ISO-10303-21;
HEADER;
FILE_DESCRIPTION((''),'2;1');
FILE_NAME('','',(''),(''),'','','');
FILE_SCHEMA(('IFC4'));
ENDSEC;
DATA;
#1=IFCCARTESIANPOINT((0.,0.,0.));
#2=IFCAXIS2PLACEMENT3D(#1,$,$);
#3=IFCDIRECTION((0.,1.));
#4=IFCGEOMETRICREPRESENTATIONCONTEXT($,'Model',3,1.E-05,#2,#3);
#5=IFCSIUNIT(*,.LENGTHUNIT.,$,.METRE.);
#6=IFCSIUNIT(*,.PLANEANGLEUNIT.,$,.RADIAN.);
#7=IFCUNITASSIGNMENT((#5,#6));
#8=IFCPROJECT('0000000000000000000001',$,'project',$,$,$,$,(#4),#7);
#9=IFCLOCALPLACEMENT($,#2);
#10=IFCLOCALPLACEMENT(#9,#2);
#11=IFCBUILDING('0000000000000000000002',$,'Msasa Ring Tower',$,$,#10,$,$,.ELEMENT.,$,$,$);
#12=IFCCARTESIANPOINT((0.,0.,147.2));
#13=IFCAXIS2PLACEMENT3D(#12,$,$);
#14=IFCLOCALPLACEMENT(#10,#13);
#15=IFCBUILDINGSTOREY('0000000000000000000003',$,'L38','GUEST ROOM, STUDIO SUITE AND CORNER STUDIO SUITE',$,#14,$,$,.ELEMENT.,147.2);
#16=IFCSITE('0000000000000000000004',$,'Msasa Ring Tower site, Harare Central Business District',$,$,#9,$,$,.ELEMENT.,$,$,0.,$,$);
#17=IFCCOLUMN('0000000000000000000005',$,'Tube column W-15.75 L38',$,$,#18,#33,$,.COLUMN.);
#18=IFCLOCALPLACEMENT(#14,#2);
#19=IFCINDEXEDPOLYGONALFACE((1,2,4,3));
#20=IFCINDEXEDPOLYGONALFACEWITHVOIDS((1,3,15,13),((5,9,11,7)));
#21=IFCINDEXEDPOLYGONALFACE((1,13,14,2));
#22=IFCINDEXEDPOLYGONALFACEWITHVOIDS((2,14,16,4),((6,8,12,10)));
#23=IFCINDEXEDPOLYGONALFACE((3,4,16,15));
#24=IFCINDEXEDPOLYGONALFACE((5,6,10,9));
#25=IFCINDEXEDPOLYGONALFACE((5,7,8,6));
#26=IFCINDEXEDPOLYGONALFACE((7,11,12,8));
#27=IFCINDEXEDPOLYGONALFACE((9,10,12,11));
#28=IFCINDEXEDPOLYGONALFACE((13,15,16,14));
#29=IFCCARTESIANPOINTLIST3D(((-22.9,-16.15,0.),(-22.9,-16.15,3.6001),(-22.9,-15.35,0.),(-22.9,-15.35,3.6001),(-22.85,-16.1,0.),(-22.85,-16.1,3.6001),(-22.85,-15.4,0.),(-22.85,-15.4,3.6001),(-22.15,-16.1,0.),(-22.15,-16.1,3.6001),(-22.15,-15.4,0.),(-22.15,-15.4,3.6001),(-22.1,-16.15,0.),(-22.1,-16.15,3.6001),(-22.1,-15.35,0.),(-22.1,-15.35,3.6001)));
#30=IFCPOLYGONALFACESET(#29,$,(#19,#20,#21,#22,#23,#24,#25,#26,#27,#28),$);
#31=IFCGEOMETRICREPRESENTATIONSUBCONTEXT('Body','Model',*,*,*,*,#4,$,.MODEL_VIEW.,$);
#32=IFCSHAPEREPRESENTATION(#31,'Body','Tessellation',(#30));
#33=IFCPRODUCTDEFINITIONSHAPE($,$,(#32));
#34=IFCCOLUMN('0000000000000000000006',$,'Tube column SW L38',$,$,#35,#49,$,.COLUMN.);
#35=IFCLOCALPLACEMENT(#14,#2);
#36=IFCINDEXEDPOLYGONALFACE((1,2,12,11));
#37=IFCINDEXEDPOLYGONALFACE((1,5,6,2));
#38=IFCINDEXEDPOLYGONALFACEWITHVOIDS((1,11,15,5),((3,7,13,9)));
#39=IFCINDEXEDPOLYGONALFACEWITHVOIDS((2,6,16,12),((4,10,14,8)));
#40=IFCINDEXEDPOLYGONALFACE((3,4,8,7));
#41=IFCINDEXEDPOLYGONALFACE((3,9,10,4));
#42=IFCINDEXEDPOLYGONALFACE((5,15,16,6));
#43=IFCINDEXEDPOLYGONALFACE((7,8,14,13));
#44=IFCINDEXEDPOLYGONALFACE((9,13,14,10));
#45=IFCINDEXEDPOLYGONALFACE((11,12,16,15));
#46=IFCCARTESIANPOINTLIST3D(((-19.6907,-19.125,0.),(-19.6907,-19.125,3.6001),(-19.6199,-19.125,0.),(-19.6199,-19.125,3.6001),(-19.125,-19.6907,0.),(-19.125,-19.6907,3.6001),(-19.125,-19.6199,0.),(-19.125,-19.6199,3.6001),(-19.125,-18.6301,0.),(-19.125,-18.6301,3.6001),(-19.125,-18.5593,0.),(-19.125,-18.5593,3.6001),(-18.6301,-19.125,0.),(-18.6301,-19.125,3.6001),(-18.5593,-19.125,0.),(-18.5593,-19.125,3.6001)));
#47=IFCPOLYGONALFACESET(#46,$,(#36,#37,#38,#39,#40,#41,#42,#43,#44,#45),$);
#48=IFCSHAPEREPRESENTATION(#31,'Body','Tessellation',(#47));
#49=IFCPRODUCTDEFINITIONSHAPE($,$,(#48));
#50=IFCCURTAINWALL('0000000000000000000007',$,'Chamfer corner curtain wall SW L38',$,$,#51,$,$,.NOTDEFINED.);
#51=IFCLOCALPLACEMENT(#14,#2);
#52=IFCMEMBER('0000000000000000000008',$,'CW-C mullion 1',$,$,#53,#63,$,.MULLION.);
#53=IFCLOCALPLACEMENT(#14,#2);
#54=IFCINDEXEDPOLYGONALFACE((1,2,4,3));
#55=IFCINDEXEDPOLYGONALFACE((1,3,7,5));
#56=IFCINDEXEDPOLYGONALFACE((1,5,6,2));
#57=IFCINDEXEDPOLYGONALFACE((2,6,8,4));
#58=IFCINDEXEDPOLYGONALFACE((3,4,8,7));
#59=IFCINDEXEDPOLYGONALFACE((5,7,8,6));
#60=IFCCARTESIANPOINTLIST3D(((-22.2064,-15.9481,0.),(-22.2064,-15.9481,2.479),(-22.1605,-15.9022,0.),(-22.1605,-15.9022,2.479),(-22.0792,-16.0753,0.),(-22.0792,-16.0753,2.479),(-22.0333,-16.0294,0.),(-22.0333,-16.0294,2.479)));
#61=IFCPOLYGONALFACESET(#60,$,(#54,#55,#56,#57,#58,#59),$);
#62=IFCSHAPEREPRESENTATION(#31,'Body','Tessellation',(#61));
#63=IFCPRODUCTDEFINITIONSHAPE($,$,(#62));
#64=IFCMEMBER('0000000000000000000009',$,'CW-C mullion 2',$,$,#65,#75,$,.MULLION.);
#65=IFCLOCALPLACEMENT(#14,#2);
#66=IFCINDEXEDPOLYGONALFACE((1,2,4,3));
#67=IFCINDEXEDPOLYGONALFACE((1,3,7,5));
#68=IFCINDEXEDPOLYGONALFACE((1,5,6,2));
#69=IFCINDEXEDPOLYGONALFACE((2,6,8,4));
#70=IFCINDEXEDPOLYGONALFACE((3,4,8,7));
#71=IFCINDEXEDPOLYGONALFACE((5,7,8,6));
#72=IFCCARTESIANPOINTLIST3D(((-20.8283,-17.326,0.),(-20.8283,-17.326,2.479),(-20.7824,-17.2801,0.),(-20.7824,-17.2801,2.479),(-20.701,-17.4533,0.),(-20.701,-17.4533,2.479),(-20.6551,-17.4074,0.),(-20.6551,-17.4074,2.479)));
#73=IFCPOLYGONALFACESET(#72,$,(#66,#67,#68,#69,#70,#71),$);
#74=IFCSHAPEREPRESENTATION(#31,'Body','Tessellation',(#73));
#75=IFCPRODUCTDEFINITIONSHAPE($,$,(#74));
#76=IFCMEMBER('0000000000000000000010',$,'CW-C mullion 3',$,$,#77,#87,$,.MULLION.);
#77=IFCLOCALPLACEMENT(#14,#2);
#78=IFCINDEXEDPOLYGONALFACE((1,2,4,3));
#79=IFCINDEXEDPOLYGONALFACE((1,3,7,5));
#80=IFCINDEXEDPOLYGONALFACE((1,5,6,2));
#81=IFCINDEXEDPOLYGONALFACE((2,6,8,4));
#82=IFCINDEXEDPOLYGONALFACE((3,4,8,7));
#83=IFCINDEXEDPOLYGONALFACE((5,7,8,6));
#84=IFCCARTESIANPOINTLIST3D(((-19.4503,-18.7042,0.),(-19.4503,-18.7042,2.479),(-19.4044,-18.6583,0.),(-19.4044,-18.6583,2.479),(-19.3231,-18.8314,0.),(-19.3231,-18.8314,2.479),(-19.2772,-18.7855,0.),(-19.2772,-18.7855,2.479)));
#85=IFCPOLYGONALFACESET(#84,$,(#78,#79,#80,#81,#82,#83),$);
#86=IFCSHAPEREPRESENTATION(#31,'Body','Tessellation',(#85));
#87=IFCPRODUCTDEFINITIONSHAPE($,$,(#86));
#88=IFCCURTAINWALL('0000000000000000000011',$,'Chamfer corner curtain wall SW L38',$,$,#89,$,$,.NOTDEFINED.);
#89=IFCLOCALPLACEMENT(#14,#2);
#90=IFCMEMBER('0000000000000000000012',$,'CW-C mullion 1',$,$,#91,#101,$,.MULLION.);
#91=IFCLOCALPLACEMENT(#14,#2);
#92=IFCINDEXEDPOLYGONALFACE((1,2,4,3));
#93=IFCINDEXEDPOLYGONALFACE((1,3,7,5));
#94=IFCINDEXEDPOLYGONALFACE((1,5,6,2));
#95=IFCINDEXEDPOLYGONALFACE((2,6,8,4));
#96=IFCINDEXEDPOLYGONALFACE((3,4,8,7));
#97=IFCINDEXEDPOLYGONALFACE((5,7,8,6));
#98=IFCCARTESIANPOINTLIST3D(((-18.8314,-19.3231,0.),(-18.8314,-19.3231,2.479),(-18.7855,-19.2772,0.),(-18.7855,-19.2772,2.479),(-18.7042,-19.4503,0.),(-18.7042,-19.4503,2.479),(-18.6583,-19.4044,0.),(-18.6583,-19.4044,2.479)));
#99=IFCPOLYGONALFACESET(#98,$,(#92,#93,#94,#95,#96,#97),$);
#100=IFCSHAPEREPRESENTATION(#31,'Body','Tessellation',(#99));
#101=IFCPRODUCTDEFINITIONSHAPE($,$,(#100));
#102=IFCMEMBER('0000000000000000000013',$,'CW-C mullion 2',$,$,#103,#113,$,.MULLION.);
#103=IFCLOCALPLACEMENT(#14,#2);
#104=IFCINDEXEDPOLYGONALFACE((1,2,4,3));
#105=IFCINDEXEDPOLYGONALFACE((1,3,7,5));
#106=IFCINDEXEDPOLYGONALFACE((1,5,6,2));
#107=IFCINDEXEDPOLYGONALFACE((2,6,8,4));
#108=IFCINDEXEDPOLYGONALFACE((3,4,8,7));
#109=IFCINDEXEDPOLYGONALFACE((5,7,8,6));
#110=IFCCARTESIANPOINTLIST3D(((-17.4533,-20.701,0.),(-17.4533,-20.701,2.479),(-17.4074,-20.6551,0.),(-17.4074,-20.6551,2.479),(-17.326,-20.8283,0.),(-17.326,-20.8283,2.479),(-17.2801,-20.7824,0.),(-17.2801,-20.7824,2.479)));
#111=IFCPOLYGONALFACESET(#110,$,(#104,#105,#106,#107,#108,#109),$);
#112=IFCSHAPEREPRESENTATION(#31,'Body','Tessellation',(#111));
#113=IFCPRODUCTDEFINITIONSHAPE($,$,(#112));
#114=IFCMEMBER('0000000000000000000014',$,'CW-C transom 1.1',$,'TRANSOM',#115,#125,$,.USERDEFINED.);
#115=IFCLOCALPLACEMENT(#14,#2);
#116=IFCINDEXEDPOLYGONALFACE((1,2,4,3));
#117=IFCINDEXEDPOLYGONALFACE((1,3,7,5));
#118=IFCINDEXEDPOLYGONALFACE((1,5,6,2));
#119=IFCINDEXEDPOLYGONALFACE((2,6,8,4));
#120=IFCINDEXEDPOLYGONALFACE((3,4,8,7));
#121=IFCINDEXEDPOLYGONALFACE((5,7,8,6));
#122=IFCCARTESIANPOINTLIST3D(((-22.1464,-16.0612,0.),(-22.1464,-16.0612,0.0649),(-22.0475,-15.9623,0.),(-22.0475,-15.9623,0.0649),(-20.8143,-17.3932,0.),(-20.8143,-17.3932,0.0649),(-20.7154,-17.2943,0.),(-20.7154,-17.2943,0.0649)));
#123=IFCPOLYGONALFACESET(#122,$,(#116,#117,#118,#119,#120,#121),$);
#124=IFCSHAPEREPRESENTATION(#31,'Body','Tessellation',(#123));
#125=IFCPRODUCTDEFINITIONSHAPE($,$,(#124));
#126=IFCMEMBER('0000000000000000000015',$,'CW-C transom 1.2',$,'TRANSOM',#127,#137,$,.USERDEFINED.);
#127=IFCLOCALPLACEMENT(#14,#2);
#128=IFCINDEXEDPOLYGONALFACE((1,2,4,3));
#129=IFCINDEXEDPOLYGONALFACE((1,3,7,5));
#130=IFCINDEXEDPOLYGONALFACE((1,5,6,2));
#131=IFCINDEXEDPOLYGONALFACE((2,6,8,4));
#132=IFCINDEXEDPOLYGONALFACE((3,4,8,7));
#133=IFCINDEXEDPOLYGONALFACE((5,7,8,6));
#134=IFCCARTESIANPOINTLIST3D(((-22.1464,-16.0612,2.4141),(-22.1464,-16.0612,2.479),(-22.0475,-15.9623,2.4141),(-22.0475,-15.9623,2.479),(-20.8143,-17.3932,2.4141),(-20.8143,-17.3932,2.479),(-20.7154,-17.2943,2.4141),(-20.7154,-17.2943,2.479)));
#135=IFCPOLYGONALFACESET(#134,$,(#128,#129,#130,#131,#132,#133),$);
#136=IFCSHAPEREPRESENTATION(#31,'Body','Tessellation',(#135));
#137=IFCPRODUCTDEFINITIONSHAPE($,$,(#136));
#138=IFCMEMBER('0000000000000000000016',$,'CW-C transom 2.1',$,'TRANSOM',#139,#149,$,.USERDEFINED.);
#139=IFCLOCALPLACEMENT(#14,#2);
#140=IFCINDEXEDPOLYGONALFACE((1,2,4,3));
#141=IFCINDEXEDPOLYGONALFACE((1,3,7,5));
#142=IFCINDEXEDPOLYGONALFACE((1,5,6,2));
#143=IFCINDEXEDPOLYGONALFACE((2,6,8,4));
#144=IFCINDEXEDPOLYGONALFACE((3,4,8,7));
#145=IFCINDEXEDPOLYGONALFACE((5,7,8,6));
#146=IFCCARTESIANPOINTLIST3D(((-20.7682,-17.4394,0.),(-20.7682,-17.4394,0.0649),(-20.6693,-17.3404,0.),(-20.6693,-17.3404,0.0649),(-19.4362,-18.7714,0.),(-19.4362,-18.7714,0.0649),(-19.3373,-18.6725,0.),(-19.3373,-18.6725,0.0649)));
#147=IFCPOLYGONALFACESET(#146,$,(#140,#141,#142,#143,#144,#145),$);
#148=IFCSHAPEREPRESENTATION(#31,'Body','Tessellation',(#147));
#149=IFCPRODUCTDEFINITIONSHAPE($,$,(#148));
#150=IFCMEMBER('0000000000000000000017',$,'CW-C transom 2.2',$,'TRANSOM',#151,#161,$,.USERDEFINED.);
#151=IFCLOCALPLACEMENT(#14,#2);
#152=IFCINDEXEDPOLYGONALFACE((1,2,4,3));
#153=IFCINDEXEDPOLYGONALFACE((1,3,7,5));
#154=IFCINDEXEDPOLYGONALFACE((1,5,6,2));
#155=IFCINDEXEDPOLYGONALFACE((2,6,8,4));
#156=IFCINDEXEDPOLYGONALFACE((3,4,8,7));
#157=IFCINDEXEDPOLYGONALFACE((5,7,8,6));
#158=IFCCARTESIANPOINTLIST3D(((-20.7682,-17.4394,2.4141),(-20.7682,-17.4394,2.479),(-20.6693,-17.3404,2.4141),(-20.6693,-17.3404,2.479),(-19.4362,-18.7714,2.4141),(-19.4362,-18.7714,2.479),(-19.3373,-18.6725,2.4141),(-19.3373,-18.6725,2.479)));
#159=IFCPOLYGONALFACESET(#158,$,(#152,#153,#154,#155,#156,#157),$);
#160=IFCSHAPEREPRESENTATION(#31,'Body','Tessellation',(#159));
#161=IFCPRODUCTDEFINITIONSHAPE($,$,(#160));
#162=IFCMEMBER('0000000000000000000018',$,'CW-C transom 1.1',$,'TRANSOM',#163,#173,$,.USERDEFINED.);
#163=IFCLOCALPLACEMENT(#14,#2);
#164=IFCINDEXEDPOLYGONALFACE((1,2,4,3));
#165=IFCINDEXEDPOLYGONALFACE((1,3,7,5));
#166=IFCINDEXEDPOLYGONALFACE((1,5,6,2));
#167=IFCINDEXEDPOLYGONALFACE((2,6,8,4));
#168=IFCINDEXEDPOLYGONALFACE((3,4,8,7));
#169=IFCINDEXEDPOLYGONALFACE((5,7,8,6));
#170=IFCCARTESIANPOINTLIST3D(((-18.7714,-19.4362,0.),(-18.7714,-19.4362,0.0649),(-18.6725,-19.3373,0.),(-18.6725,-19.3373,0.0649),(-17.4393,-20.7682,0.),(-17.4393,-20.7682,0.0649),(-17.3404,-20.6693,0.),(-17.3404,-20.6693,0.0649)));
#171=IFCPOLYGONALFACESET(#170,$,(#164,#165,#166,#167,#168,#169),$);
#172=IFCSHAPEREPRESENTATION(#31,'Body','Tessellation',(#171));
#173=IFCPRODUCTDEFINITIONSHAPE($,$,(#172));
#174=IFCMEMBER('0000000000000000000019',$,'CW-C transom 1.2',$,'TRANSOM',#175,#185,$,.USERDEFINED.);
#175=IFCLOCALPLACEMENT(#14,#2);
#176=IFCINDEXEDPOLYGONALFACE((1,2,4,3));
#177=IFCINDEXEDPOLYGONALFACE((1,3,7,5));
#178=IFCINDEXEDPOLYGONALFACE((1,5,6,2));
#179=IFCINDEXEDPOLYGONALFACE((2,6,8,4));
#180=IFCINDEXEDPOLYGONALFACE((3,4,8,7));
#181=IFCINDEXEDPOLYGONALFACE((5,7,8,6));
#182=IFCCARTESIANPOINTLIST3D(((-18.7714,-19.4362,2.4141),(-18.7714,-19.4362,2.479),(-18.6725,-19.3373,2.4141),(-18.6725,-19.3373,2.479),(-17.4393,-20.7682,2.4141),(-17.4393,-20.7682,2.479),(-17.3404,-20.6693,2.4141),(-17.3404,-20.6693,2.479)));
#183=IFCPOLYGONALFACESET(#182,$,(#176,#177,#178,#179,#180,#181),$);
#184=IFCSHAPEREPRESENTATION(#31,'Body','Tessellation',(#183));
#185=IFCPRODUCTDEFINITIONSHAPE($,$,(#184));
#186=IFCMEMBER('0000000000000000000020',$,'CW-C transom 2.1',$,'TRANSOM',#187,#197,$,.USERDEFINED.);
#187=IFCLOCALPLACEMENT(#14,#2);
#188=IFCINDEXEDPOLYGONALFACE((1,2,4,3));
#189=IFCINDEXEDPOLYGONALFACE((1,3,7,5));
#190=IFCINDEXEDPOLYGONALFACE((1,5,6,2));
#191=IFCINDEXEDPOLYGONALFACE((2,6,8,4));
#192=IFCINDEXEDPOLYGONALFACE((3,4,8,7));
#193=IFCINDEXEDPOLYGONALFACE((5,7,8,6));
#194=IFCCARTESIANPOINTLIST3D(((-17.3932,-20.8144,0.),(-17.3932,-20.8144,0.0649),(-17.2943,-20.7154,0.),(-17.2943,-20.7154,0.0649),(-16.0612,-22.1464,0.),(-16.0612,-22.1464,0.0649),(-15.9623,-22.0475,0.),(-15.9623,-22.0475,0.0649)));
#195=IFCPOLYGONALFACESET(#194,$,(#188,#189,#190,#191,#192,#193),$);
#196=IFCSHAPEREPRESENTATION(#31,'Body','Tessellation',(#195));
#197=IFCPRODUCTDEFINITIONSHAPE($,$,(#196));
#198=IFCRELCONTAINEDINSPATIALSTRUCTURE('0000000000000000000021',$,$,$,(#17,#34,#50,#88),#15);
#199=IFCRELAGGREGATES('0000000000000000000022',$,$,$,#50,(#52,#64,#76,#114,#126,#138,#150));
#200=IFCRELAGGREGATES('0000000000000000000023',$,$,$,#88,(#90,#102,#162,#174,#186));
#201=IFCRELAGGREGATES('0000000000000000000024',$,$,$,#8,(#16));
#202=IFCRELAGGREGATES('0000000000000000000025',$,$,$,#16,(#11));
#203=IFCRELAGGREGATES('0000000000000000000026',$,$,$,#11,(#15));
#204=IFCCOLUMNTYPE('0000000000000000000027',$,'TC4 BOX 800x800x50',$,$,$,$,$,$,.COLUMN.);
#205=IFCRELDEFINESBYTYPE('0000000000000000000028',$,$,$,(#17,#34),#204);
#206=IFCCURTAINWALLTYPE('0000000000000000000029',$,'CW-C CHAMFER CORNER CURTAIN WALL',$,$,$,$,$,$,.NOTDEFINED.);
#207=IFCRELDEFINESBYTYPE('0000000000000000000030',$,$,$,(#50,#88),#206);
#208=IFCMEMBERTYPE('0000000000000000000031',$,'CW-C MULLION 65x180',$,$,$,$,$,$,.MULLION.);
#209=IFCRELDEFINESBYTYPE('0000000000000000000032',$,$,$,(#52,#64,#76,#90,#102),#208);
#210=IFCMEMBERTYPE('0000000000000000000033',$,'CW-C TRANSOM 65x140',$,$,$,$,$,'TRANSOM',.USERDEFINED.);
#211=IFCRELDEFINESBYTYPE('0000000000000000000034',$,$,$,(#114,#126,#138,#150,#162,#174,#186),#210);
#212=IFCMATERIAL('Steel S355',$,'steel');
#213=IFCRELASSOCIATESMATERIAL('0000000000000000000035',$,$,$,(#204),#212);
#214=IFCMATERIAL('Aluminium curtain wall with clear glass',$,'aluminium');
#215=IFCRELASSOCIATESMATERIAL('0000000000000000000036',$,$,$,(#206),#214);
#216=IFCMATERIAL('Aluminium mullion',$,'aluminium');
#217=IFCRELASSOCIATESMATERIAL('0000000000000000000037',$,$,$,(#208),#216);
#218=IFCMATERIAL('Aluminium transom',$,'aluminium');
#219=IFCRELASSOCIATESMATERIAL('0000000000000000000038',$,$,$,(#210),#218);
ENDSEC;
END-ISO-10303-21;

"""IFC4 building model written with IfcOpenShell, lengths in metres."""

from ifc_helpers import new_model, si_unit, direction, frame, origin, origin_2d, place, context, subcontext, project, spatial, rectangle, hollow_rectangle, extrude, material, material_profile, profile_set, type_object, element, aggregate, save


model = new_model("IFC4")

# Units and contexts
model_context = context("Model", 3, precision=1e-05, world=origin(), true_north=direction((0.0, 1.0)))
body_context = subcontext(model_context, "Body", "Model", "MODEL_VIEW")
ifc_project = project(units=[si_unit("LENGTHUNIT", "METRE"), si_unit("PLANEANGLEUNIT", "RADIAN")], contexts=[model_context])

# Site, building, storey
site_placement = place(None, origin())
site = spatial("IfcSite", under=ifc_project, at=site_placement, Name="Msasa Ring Tower site, Harare Central Business District", CompositionType="ELEMENT", RefElevation=0.0)
building_placement = place(site_placement, origin())
building = spatial("IfcBuilding", under=site, at=building_placement, Name="Msasa Ring Tower", CompositionType="ELEMENT")
storey_placement = place(building_placement, frame((0.0, 0.0, 147.2)))
storey = spatial("IfcBuildingStorey", under=building, at=storey_placement, Name="L38", Description="GUEST ROOM, STUDIO SUITE AND CORNER STUDIO SUITE", CompositionType="ELEMENT", Elevation=147.2)

# Columns
ifc_material_1 = material(Name="Steel S355", Category="steel")
ifc_material_profile_1 = material_profile(ifc_material_1, hollow_rectangle(XDim=0.8, YDim=0.8, WallThickness=0.05, at=origin_2d()), Name="BOX 800x800x50")
ifc_profile_set_1 = profile_set([ifc_material_profile_1], Name="Steel S355")
column_type = type_object("IfcColumnType", Name="TC4 BOX 800x800x50", PredefinedType="COLUMN", material=ifc_profile_set_1)
for number, where, z_axis, x_axis, name in (
    (1, (-22.5, -15.75, 0.0), (0.0, 0.0, 1.0), (1.0, 0.0, 0.0), "Tube column W-15.75 L38"),
    (2, (-19.125, -19.125, 0.0), (0.0, 0.0, 1.0), (0.707107, 0.707107, 0.0), "Tube column SW L38"),
):
    element("IfcColumn", number, at=place(storey_placement, frame(where, z_axis=z_axis, x_axis=x_axis)), inside=storey, type_object=column_type, Name=name, PredefinedType="COLUMN", context=body_context, shape_type="SweptSolid", body=[
        extrude(hollow_rectangle(XDim=0.8, YDim=0.8, WallThickness=0.05, at=origin_2d()), origin(), (0.0, 0.0, 1.0), 3.6001),
    ])

# Curtain walls, members
ifc_material_2 = material(Name="Aluminium curtain wall with clear glass", Category="aluminium")
curtain_wall_type = type_object("IfcCurtainWallType", Name="CW-C CHAMFER CORNER CURTAIN WALL", PredefinedType="NOTDEFINED", material=ifc_material_2)
curtain_wall_1_placement = place(storey_placement, origin())
curtain_wall_1 = element("IfcCurtainWall", 3, at=curtain_wall_1_placement, inside=storey, type_object=curtain_wall_type, Name="Chamfer corner curtain wall SW L38", PredefinedType="NOTDEFINED")
ifc_material_3 = material(Name="Aluminium mullion", Category="aluminium")
ifc_material_profile_2 = material_profile(ifc_material_3, rectangle(XDim=0.0649, YDim=0.1799, at=origin_2d()), Name="AL 65x180")
ifc_profile_set_2 = profile_set([ifc_material_profile_2], Name="Aluminium mullion")
member_type_1 = type_object("IfcMemberType", Name="CW-C MULLION 65x180", PredefinedType="MULLION", material=ifc_profile_set_2)
member_1_placement = place(storey_placement, frame((-22.1199, -15.9888, 0.0), z_axis=(0.0, 0.0, 1.0), x_axis=(0.707107, 0.707107, 0.0)))
member_1 = element("IfcMember", 4, at=member_1_placement, type_object=member_type_1, Name="CW-C mullion 1", PredefinedType="MULLION", context=body_context, shape_type="SweptSolid", body=[
    extrude(rectangle(XDim=0.0649, YDim=0.1799, at=origin_2d()), origin(), (0.0, 0.0, 1.0), 2.479),
])
member_2_placement = place(storey_placement, frame((-20.7417, -17.3667, 0.0), z_axis=(0.0, 0.0, 1.0), x_axis=(0.707107, 0.707107, 0.0)))
member_2 = element("IfcMember", 5, at=member_2_placement, type_object=member_type_1, Name="CW-C mullion 2", PredefinedType="MULLION", context=body_context, shape_type="SweptSolid", body=[
    extrude(rectangle(XDim=0.0649, YDim=0.1799, at=origin_2d()), origin(), (0.0, 0.0, 1.0), 2.479),
])
member_3_placement = place(storey_placement, frame((-19.3638, -18.7449, 0.0), z_axis=(0.0, 0.0, 1.0), x_axis=(0.707107, 0.707107, 0.0)))
member_3 = element("IfcMember", 6, at=member_3_placement, type_object=member_type_1, Name="CW-C mullion 3", PredefinedType="MULLION", context=body_context, shape_type="SweptSolid", body=[
    extrude(rectangle(XDim=0.0649, YDim=0.1799, at=origin_2d()), origin(), (0.0, 0.0, 1.0), 2.479),
])
curtain_wall_2_placement = place(storey_placement, origin())
curtain_wall_2 = element("IfcCurtainWall", 7, at=curtain_wall_2_placement, inside=storey, type_object=curtain_wall_type, Name="Chamfer corner curtain wall SW L38", PredefinedType="NOTDEFINED")
member_4_placement = place(storey_placement, frame((-18.7449, -19.3638, 0.0), z_axis=(0.0, 0.0, 1.0), x_axis=(0.707107, 0.707107, 0.0)))
member_4 = element("IfcMember", 8, at=member_4_placement, type_object=member_type_1, Name="CW-C mullion 1", PredefinedType="MULLION", context=body_context, shape_type="SweptSolid", body=[
    extrude(rectangle(XDim=0.0649, YDim=0.1799, at=origin_2d()), origin(), (0.0, 0.0, 1.0), 2.479),
])
member_5_placement = place(storey_placement, frame((-17.3667, -20.7417, 0.0), z_axis=(0.0, 0.0, 1.0), x_axis=(0.707107, 0.707107, 0.0)))
member_5 = element("IfcMember", 9, at=member_5_placement, type_object=member_type_1, Name="CW-C mullion 2", PredefinedType="MULLION", context=body_context, shape_type="SweptSolid", body=[
    extrude(rectangle(XDim=0.0649, YDim=0.1799, at=origin_2d()), origin(), (0.0, 0.0, 1.0), 2.479),
])

# Members
ifc_material_4 = material(Name="Aluminium transom", Category="aluminium")
ifc_material_profile_3 = material_profile(ifc_material_4, rectangle(XDim=0.1399, YDim=0.0649, at=origin_2d()), Name="AL 65x140")
ifc_profile_set_3 = profile_set([ifc_material_profile_3], Name="Aluminium transom")
member_type_2 = type_object("IfcMemberType", Name="CW-C TRANSOM 65x140", ElementType="TRANSOM", PredefinedType="USERDEFINED", material=ifc_profile_set_3)
member_6_placement = place(storey_placement, frame((-22.0969, -16.0117, 0.0325), z_axis=(0.707107, -0.707107, 0.0), x_axis=(0.707107, 0.707107, 0.0)))
member_6 = element("IfcMember", 10, at=member_6_placement, type_object=member_type_2, Name="CW-C transom 1.1", ObjectType="TRANSOM", PredefinedType="USERDEFINED", context=body_context, shape_type="SweptSolid", body=[
    extrude(rectangle(XDim=0.1399, YDim=0.0649, at=origin_2d()), origin(), (0.0, 0.0, 1.0), 1.8838),
])
member_7_placement = place(storey_placement, frame((-22.0969, -16.0117, 2.4465), z_axis=(0.707107, -0.707107, 0.0), x_axis=(0.707107, 0.707107, 0.0)))
member_7 = element("IfcMember", 11, at=member_7_placement, type_object=member_type_2, Name="CW-C transom 1.2", ObjectType="TRANSOM", PredefinedType="USERDEFINED", context=body_context, shape_type="SweptSolid", body=[
    extrude(rectangle(XDim=0.1399, YDim=0.0649, at=origin_2d()), origin(), (0.0, 0.0, 1.0), 1.8838),
])
member_8_placement = place(storey_placement, frame((-20.7188, -17.3899, 0.0325), z_axis=(0.707107, -0.707107, 0.0), x_axis=(0.707107, 0.707107, 0.0)))
member_8 = element("IfcMember", 12, at=member_8_placement, type_object=member_type_2, Name="CW-C transom 2.1", ObjectType="TRANSOM", PredefinedType="USERDEFINED", context=body_context, shape_type="SweptSolid", body=[
    extrude(rectangle(XDim=0.1399, YDim=0.0649, at=origin_2d()), origin(), (0.0, 0.0, 1.0), 1.8838),
])
member_9_placement = place(storey_placement, frame((-20.7188, -17.3899, 2.4465), z_axis=(0.707107, -0.707107, 0.0), x_axis=(0.707107, 0.707107, 0.0)))
member_9 = element("IfcMember", 13, at=member_9_placement, type_object=member_type_2, Name="CW-C transom 2.2", ObjectType="TRANSOM", PredefinedType="USERDEFINED", context=body_context, shape_type="SweptSolid", body=[
    extrude(rectangle(XDim=0.1399, YDim=0.0649, at=origin_2d()), origin(), (0.0, 0.0, 1.0), 1.8838),
])
member_10_placement = place(storey_placement, frame((-18.7219, -19.3867, 0.0325), z_axis=(0.707107, -0.707107, 0.0), x_axis=(0.707107, 0.707107, 0.0)))
member_10 = element("IfcMember", 14, at=member_10_placement, type_object=member_type_2, Name="CW-C transom 1.1", ObjectType="TRANSOM", PredefinedType="USERDEFINED", context=body_context, shape_type="SweptSolid", body=[
    extrude(rectangle(XDim=0.1399, YDim=0.0649, at=origin_2d()), origin(), (0.0, 0.0, 1.0), 1.8838),
])
member_11_placement = place(storey_placement, frame((-18.7219, -19.3867, 2.4465), z_axis=(0.707107, -0.707107, 0.0), x_axis=(0.707107, 0.707107, 0.0)))
member_11 = element("IfcMember", 15, at=member_11_placement, type_object=member_type_2, Name="CW-C transom 1.2", ObjectType="TRANSOM", PredefinedType="USERDEFINED", context=body_context, shape_type="SweptSolid", body=[
    extrude(rectangle(XDim=0.1399, YDim=0.0649, at=origin_2d()), origin(), (0.0, 0.0, 1.0), 1.8838),
])
member_12_placement = place(storey_placement, frame((-17.3438, -20.7649, 0.0325), z_axis=(0.707107, -0.707107, 0.0), x_axis=(0.707107, 0.707107, 0.0)))
member_12 = element("IfcMember", 16, at=member_12_placement, type_object=member_type_2, Name="CW-C transom 2.1", ObjectType="TRANSOM", PredefinedType="USERDEFINED", context=body_context, shape_type="SweptSolid", body=[
    extrude(rectangle(XDim=0.1399, YDim=0.0649, at=origin_2d()), origin(), (0.0, 0.0, 1.0), 1.8838),
])

aggregate(curtain_wall_1, [member_1, member_2, member_3, member_6, member_7, member_8, member_9])
aggregate(curtain_wall_2, [member_4, member_5, member_10, member_11, member_12])

save(model, "model.ifc")
